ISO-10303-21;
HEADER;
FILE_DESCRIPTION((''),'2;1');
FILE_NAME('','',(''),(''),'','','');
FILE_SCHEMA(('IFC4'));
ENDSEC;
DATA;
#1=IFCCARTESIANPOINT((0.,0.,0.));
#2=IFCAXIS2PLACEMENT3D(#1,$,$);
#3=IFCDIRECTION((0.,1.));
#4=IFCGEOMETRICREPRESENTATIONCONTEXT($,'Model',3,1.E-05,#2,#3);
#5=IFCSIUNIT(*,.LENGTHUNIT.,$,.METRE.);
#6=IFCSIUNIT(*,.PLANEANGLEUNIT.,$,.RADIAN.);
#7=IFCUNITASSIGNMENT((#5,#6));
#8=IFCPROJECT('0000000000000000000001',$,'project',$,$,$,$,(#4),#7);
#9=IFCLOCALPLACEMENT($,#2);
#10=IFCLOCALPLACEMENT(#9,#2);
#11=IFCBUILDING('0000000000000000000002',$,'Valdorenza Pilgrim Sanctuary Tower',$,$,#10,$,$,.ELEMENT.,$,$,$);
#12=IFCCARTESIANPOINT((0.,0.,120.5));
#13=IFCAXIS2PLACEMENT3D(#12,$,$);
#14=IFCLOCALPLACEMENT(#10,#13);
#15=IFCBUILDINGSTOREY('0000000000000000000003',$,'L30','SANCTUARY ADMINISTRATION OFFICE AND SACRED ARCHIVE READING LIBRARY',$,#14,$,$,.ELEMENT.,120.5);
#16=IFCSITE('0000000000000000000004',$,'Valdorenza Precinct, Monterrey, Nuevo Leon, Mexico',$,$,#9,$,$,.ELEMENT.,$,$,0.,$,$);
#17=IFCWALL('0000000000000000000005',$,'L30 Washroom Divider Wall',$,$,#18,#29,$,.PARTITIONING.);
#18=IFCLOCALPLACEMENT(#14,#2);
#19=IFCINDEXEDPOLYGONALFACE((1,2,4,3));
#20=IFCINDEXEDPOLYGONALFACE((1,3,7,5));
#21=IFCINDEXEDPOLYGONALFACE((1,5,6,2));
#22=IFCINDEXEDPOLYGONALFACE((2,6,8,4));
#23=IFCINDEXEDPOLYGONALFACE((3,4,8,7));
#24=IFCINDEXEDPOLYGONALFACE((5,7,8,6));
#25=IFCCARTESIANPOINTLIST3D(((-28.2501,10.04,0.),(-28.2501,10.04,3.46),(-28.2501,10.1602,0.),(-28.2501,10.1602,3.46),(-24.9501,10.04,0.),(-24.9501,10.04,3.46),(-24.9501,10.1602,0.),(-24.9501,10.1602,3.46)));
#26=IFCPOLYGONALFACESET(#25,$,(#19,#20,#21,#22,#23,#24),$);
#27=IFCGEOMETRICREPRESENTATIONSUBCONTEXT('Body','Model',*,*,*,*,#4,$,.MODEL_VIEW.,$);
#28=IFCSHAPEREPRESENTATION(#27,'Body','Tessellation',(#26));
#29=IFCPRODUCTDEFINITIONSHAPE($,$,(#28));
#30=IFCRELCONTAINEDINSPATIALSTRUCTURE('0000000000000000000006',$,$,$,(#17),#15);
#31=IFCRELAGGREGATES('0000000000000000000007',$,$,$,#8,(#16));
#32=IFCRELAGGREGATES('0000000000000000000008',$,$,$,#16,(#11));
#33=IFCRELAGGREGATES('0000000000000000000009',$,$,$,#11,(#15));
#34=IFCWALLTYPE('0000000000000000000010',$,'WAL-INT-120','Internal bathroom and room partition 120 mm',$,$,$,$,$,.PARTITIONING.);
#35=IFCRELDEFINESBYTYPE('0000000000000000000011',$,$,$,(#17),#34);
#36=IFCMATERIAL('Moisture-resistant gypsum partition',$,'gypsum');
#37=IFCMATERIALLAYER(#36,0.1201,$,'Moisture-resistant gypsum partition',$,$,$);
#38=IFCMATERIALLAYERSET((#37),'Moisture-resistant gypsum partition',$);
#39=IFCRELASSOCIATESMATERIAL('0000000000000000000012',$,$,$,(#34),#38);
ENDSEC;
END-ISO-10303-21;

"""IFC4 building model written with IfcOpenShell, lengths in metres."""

from ifc_helpers import new_model, si_unit, direction, frame, frame_2d, origin, place, context, subcontext, project, spatial, rectangle, extrude, material, layer, layer_set, type_object, element, save


model = new_model("IFC4")

# Units and contexts
model_context = context("Model", 3, precision=1e-05, world=origin(), true_north=direction((0.0, 1.0)))
body_context = subcontext(model_context, "Body", "Model", "MODEL_VIEW")
ifc_project = project(units=[si_unit("LENGTHUNIT", "METRE"), si_unit("PLANEANGLEUNIT", "RADIAN")], contexts=[model_context])

# Site, building, storey
site_placement = place(None, origin())
site = spatial("IfcSite", under=ifc_project, at=site_placement, Name="Valdorenza Precinct, Monterrey, Nuevo Leon, Mexico", CompositionType="ELEMENT", RefElevation=0.0)
building_placement = place(site_placement, origin())
building = spatial("IfcBuilding", under=site, at=building_placement, Name="Valdorenza Pilgrim Sanctuary Tower", CompositionType="ELEMENT")
storey_placement = place(building_placement, frame((0.0, 0.0, 120.5)))
storey = spatial("IfcBuildingStorey", under=building, at=storey_placement, Name="L30", Description="SANCTUARY ADMINISTRATION OFFICE AND SACRED ARCHIVE READING LIBRARY", CompositionType="ELEMENT", Elevation=120.5)

# Wall
ifc_material_1 = material(Name="Moisture-resistant gypsum partition", Category="gypsum")
ifc_layer_1 = layer(ifc_material_1, 0.1201, Name="Moisture-resistant gypsum partition")
ifc_layer_set_1 = layer_set([ifc_layer_1], Name="Moisture-resistant gypsum partition")
wall_type_1 = type_object("IfcWallType", Name="WAL-INT-120", Description="Internal bathroom and room partition 120 mm", PredefinedType="PARTITIONING", material=ifc_layer_set_1)
wall_1_placement = place(storey_placement, frame((-28.25, 10.1001, 0.0), z_axis=(0.0, 0.0, 1.0), x_axis=(1.0, 0.0, 0.0)))
element("IfcWall", 1, at=wall_1_placement, inside=storey, type_object=wall_type_1, Name="L30 Washroom Divider Wall", PredefinedType="PARTITIONING", context=body_context, shape_type="SweptSolid", body=[
    extrude(rectangle(XDim=3.3, YDim=0.1201, at=frame_2d((1.6499, 0.0))), origin(), (0.0, 0.0, 1.0), 3.46),
])

save(model, "model.ifc")
